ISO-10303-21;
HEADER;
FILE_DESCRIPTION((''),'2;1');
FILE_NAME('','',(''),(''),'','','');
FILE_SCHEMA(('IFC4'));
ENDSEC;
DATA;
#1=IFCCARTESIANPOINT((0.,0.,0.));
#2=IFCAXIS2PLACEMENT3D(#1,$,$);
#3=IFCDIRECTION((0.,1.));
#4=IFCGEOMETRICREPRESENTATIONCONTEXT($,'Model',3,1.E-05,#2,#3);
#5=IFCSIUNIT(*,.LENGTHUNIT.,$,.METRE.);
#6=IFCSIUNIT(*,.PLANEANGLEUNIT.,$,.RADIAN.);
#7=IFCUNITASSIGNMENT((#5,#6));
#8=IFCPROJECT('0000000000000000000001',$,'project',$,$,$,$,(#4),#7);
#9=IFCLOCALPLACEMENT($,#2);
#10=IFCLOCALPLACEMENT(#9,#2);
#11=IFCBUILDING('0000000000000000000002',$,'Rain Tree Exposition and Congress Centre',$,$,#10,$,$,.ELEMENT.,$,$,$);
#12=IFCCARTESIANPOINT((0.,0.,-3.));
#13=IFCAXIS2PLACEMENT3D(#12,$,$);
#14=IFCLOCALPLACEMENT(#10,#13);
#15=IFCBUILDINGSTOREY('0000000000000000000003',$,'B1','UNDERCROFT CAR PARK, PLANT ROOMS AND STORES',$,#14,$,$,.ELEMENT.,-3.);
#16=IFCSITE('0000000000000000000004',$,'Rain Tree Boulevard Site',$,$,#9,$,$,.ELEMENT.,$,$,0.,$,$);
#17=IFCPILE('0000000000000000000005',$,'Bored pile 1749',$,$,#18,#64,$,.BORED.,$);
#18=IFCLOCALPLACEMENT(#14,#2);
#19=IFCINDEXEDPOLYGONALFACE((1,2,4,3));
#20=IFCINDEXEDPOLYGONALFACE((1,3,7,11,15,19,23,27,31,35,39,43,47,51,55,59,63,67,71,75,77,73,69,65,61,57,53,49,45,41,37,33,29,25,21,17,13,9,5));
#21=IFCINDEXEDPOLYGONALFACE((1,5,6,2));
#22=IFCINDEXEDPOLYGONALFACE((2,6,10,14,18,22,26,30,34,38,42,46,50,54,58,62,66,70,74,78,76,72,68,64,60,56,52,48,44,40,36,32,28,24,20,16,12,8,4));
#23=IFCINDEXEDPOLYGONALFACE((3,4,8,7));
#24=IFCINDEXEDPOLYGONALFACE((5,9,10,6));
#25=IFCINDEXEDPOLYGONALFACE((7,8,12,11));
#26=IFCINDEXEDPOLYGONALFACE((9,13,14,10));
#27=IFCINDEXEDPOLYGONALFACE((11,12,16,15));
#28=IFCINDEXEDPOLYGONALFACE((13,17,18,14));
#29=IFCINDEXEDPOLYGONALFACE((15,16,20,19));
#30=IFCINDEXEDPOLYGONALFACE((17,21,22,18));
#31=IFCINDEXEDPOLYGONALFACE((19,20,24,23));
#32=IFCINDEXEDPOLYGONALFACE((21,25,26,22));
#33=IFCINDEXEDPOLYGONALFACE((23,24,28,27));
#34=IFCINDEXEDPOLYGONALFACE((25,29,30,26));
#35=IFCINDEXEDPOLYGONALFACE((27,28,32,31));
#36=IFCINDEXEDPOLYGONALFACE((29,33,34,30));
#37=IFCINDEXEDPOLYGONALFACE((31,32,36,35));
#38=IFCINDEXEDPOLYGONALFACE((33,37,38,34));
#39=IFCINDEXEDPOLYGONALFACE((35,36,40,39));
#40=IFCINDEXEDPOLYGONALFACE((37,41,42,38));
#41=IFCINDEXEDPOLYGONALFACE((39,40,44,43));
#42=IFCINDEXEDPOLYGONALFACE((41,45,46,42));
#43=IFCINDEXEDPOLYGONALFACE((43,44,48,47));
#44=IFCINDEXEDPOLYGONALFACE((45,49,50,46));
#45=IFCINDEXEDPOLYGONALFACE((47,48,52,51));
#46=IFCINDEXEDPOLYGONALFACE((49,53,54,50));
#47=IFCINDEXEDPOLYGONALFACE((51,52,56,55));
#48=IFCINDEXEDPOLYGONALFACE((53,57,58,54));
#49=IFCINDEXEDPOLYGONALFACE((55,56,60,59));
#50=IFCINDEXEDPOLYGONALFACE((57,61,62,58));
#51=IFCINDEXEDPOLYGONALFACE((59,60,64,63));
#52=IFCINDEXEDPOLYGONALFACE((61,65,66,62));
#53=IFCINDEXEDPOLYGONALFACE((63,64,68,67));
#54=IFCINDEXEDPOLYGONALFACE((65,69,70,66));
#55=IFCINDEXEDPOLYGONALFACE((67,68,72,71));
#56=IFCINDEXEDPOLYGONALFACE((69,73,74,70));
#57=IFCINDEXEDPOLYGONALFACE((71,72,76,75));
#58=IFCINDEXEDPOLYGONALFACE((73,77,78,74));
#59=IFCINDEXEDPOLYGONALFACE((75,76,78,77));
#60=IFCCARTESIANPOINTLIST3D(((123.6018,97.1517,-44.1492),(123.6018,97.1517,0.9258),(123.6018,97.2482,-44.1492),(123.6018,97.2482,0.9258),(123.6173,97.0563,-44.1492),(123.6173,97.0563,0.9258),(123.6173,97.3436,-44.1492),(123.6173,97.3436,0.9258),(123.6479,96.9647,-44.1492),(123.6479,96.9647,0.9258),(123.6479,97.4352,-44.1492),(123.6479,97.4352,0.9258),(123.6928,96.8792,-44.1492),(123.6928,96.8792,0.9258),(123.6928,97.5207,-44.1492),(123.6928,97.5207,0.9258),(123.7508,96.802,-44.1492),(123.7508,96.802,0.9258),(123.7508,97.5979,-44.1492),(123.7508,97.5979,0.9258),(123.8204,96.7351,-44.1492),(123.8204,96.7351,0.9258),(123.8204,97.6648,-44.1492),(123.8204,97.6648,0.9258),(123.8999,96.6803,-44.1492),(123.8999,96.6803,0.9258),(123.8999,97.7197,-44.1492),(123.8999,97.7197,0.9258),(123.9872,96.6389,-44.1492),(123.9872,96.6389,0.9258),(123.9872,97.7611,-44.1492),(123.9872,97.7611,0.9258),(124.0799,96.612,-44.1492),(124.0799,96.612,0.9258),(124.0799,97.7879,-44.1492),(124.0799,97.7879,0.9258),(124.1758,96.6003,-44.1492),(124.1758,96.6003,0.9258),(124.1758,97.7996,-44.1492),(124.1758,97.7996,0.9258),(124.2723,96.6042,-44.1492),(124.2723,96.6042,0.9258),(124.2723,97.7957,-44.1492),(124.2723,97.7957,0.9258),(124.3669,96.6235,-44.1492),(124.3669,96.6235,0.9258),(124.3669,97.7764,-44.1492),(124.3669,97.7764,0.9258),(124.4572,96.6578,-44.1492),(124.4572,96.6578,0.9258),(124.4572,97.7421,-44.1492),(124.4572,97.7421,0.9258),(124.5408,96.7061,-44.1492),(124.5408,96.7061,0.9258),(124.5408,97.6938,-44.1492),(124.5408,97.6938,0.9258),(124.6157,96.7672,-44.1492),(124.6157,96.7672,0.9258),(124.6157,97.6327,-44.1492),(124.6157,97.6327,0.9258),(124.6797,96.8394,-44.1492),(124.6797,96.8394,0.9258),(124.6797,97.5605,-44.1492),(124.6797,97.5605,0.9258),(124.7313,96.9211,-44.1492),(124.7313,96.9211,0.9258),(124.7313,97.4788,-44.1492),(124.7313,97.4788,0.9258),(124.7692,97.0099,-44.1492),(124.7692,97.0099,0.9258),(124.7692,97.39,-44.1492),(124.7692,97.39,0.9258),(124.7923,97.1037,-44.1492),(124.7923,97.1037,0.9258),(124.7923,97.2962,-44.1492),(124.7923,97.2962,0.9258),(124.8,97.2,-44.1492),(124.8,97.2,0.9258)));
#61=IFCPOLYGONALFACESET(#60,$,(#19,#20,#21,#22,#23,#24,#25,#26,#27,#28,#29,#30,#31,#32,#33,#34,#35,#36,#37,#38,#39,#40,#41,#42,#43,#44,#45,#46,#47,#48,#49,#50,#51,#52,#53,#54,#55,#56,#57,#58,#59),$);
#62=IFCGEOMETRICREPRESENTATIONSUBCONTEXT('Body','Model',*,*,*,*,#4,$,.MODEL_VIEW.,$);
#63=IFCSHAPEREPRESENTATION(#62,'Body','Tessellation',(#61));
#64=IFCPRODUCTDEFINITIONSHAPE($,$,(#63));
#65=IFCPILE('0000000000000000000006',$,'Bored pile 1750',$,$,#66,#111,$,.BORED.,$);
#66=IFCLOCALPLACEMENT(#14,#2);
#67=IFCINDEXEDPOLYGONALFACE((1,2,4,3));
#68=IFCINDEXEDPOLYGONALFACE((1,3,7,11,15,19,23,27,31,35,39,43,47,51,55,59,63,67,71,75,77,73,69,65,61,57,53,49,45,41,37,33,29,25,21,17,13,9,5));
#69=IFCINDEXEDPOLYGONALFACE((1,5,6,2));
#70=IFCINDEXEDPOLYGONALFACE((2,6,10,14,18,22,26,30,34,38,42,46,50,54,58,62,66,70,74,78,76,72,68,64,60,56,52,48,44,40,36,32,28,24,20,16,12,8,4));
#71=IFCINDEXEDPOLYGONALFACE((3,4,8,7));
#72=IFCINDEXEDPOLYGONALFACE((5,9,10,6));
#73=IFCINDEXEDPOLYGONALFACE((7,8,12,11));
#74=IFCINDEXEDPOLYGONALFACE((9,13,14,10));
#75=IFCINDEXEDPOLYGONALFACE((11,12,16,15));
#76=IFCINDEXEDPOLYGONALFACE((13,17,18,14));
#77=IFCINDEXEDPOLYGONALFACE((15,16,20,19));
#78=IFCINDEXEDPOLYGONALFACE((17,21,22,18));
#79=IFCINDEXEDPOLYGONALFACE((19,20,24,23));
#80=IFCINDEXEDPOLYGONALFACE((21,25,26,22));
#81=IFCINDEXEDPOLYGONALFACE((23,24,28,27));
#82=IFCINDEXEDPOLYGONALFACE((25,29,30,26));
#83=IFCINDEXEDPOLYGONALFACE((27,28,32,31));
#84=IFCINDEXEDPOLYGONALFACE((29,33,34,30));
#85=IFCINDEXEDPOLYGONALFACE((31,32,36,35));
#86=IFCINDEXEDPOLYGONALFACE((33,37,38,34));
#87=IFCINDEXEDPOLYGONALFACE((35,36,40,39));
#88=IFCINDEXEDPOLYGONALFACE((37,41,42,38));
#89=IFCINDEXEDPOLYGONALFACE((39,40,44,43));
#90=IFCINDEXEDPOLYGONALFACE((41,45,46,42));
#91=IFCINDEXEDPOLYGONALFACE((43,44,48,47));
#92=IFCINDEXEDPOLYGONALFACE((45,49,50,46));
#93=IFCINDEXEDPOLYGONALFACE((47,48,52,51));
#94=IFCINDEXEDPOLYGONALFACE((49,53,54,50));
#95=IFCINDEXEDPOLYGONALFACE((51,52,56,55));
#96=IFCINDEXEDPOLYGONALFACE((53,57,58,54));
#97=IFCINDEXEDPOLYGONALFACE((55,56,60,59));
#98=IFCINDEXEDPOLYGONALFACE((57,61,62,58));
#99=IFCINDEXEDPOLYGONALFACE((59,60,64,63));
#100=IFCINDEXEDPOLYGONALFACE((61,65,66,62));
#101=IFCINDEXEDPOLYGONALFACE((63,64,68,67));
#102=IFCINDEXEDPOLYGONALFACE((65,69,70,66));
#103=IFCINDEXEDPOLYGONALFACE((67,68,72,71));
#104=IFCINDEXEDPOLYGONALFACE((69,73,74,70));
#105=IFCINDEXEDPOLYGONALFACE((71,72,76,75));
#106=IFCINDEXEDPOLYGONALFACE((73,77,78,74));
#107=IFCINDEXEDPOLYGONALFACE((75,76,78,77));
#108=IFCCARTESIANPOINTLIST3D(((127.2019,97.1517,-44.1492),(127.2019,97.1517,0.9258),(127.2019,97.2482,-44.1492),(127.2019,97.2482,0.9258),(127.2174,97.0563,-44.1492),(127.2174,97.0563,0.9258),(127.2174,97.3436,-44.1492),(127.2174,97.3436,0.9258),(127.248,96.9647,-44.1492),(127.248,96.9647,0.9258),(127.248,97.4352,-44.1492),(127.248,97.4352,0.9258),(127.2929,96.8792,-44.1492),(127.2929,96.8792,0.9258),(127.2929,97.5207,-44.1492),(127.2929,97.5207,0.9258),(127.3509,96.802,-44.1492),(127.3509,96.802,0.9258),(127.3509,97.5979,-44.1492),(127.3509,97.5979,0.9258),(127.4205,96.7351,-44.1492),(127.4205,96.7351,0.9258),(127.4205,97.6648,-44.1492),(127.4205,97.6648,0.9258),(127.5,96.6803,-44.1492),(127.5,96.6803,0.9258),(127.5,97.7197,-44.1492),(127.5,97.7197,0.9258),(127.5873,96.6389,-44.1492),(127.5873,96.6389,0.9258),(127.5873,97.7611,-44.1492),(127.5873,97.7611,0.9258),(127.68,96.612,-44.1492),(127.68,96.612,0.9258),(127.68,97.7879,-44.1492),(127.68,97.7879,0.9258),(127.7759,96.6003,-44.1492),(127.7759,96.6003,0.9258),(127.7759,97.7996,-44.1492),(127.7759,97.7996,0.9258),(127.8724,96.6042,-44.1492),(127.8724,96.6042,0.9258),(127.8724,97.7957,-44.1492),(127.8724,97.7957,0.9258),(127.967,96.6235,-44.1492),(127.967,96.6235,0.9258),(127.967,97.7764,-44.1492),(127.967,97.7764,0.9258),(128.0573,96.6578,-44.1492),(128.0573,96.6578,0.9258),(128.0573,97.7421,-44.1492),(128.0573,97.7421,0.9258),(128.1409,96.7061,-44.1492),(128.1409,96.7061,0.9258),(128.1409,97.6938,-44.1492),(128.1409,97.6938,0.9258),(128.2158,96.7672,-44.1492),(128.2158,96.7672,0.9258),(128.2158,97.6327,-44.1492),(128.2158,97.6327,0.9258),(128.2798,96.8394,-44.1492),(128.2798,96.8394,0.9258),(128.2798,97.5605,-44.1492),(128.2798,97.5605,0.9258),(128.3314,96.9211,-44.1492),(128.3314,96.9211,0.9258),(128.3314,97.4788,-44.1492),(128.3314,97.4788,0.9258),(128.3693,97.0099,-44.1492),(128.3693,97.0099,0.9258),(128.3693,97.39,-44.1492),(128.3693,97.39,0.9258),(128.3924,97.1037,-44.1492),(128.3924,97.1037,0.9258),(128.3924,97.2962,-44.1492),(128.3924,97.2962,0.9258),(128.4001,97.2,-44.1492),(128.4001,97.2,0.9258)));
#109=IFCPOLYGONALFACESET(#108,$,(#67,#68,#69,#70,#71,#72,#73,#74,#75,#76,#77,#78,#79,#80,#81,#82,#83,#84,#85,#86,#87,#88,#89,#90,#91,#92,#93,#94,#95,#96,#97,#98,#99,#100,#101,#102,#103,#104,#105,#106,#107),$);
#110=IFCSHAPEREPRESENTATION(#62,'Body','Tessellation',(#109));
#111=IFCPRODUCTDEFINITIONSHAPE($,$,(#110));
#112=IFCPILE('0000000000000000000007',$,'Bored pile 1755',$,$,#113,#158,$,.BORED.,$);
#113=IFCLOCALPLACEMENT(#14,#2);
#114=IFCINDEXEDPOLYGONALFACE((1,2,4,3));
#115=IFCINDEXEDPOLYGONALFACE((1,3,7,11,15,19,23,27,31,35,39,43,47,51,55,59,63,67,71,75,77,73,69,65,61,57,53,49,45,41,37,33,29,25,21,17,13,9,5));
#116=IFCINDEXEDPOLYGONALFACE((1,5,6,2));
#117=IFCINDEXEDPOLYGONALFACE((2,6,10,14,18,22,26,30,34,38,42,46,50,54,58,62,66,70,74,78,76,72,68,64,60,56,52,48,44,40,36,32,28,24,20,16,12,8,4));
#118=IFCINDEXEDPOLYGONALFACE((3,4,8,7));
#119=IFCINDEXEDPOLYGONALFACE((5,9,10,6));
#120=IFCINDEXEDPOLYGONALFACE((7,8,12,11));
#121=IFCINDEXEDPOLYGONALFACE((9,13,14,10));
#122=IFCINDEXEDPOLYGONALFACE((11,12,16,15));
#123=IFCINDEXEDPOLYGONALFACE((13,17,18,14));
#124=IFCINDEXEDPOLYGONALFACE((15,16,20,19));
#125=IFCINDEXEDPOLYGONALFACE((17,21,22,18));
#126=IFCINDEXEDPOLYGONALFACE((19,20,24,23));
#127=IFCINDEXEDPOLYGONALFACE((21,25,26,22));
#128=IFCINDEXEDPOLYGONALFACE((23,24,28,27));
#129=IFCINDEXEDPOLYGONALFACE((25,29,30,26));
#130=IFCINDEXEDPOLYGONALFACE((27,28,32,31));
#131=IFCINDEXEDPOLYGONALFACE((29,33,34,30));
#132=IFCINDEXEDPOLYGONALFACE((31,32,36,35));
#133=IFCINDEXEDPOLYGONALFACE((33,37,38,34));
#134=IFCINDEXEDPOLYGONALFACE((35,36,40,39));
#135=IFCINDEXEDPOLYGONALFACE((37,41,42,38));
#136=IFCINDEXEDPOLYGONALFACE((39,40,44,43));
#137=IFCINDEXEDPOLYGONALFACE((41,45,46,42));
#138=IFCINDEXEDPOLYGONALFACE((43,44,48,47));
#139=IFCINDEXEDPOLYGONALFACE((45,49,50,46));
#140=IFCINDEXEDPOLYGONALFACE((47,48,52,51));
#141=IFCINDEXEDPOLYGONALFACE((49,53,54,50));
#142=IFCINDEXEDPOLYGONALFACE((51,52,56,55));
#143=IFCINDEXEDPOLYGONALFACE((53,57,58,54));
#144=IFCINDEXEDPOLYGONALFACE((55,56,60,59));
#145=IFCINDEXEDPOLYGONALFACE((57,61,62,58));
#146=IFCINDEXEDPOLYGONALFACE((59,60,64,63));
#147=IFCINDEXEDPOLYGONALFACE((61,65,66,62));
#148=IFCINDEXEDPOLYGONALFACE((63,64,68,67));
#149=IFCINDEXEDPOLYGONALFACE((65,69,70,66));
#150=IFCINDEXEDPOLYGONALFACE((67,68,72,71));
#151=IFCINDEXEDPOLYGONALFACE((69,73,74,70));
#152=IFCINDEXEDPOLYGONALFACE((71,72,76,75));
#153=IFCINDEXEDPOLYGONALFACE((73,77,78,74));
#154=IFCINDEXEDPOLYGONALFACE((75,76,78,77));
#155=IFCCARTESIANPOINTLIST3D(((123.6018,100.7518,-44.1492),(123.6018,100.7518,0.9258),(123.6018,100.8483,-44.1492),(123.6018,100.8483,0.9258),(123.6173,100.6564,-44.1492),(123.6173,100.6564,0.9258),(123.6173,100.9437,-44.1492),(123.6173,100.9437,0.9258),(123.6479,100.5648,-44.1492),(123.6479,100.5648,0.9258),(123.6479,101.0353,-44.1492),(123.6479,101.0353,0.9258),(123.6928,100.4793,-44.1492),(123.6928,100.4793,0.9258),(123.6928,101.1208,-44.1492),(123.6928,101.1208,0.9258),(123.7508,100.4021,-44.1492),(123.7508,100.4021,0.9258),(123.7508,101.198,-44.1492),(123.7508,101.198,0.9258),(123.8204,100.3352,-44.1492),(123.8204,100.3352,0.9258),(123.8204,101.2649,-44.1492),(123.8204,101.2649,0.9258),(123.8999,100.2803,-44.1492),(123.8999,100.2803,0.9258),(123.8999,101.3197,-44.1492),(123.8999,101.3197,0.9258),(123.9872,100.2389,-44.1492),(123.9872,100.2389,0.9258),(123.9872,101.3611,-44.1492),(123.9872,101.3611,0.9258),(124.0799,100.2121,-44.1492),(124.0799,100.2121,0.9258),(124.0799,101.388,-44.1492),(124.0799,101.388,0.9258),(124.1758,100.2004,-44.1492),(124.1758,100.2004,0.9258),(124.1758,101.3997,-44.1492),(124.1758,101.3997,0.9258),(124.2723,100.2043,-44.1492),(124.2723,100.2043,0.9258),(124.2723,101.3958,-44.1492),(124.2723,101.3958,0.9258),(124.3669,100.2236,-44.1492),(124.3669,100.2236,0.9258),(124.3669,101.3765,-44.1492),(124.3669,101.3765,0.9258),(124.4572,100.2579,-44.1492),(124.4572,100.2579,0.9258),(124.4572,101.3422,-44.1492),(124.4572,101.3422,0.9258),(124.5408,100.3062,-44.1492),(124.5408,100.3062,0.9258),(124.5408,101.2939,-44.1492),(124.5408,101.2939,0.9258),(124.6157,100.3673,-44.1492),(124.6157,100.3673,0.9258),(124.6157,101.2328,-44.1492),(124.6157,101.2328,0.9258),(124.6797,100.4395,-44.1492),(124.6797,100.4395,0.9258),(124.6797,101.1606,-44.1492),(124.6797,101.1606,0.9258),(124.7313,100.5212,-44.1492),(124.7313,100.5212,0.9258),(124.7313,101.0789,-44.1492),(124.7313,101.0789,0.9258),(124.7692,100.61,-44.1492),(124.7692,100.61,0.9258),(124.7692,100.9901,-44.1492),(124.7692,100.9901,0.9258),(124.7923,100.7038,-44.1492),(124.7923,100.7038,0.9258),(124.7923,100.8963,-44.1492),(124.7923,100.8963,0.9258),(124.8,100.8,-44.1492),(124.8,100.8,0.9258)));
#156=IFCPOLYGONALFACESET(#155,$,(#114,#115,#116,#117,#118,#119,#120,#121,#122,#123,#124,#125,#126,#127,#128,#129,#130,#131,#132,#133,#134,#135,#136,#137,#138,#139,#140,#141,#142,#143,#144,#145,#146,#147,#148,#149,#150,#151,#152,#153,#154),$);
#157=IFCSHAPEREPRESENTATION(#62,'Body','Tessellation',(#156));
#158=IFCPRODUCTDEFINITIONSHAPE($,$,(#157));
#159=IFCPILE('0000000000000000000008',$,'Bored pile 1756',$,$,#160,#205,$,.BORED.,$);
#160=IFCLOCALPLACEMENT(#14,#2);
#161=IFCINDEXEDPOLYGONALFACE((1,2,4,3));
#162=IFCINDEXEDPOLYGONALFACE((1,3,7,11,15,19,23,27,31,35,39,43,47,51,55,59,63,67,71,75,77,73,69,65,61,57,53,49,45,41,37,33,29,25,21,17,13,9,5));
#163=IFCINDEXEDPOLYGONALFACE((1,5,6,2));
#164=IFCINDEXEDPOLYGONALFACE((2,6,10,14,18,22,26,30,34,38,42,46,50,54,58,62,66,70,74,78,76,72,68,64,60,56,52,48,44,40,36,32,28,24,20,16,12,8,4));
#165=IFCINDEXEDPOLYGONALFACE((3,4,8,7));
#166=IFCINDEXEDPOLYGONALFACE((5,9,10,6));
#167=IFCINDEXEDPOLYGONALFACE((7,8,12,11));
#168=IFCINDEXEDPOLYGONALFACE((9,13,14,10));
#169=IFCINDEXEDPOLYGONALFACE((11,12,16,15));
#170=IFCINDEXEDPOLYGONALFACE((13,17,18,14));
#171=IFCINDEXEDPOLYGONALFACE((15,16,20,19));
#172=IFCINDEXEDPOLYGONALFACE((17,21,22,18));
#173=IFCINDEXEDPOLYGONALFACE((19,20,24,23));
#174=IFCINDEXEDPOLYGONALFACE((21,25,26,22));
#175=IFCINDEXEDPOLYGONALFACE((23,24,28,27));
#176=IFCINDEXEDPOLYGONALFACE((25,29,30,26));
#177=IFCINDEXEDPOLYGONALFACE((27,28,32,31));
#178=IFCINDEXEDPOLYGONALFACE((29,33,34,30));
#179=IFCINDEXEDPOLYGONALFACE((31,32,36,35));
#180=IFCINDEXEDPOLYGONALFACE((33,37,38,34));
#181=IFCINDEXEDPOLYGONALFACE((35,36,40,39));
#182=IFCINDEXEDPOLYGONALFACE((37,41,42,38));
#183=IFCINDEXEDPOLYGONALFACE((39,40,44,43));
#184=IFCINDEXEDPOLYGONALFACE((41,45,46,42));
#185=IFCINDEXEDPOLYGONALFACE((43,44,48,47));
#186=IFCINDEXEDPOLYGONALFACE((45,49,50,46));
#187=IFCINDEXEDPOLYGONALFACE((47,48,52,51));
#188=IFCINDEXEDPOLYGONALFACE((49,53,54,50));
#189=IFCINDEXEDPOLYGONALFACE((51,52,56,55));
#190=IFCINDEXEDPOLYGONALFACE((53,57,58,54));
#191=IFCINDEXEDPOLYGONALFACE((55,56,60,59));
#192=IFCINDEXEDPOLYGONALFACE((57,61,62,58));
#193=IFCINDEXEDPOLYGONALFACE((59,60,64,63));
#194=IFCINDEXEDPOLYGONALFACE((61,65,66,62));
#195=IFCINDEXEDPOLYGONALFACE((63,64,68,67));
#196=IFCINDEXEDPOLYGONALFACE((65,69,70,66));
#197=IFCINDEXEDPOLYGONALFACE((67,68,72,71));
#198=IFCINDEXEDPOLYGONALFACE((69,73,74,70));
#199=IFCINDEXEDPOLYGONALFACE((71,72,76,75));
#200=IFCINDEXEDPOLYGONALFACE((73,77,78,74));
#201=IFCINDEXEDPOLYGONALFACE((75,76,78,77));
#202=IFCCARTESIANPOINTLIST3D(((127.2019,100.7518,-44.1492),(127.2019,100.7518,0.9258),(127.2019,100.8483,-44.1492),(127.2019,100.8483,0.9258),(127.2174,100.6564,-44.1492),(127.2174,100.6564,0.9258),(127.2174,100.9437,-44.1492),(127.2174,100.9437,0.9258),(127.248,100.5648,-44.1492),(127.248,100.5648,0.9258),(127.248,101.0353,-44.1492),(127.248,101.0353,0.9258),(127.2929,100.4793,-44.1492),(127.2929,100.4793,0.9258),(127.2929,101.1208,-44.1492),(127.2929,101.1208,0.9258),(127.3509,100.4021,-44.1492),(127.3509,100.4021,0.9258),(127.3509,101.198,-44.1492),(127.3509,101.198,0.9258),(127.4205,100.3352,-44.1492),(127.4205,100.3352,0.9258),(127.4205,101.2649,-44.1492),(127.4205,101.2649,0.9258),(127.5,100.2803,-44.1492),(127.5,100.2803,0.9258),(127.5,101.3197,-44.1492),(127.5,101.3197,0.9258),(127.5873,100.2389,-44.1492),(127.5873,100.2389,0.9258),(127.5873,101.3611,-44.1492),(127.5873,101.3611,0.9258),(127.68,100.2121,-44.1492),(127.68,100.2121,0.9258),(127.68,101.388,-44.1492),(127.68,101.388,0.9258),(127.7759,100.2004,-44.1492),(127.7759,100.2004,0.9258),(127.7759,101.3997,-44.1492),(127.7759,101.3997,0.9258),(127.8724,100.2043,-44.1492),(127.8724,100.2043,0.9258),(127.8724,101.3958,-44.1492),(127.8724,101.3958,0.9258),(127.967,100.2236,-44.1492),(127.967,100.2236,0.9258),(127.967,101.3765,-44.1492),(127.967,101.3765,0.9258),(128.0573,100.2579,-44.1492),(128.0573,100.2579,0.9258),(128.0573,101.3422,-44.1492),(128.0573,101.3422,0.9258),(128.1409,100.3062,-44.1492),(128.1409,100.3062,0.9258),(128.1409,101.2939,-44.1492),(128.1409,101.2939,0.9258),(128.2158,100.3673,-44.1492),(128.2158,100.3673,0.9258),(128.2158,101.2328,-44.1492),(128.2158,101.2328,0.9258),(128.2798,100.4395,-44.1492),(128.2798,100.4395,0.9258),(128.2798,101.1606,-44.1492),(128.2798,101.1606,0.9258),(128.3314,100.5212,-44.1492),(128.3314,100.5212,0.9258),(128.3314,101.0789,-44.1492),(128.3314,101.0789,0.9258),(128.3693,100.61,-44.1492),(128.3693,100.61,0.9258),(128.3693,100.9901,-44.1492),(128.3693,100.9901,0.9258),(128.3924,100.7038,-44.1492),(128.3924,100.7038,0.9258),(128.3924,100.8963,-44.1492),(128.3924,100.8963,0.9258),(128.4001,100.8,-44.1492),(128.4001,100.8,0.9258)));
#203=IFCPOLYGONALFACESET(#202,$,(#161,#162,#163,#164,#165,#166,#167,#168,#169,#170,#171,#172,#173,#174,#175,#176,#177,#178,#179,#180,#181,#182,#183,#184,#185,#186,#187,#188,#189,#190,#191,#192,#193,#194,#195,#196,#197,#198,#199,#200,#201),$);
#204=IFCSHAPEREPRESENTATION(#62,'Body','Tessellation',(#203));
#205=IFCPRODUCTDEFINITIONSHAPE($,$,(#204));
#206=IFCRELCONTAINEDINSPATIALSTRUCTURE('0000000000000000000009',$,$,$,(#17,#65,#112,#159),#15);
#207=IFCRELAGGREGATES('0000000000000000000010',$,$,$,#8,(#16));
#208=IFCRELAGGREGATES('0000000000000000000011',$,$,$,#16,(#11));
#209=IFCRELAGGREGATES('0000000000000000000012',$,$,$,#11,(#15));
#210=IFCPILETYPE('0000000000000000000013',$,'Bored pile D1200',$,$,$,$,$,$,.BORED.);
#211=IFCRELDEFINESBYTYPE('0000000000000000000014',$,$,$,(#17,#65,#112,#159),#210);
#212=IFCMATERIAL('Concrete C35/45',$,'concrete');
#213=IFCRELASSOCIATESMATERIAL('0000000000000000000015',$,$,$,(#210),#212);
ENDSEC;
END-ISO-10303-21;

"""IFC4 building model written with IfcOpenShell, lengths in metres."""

from ifc_helpers import new_model, si_unit, direction, frame, origin, origin_2d, place, context, subcontext, project, spatial, circle, extrude, material, material_profile, profile_set, type_object, element, save


model = new_model("IFC4")

# Units and contexts
model_context = context("Model", 3, precision=1e-05, world=origin(), true_north=direction((0.0, 1.0)))
body_context = subcontext(model_context, "Body", "Model", "MODEL_VIEW")
ifc_project = project(units=[si_unit("LENGTHUNIT", "METRE"), si_unit("PLANEANGLEUNIT", "RADIAN")], contexts=[model_context])

# Site, building, storey
site_placement = place(None, origin())
site = spatial("IfcSite", under=ifc_project, at=site_placement, Name="Rain Tree Boulevard Site", CompositionType="ELEMENT", RefElevation=0.0)
building_placement = place(site_placement, origin())
building = spatial("IfcBuilding", under=site, at=building_placement, Name="Rain Tree Exposition and Congress Centre", CompositionType="ELEMENT")
storey_placement = place(building_placement, frame((0.0, 0.0, -3.0)))
storey = spatial("IfcBuildingStorey", under=building, at=storey_placement, Name="B1", Description="UNDERCROFT CAR PARK, PLANT ROOMS AND STORES", CompositionType="ELEMENT", Elevation=-3.0)

# Piles
ifc_material_1 = material(Name="Concrete C35/45", Category="concrete")
ifc_material_profile_1 = material_profile(ifc_material_1, circle(Radius=0.6001, at=origin_2d()), Name="D1200")
ifc_profile_set_1 = profile_set([ifc_material_profile_1], Name="Concrete C35/45")
pile_type_1 = type_object("IfcPileType", Name="Bored pile D1200", PredefinedType="BORED", material=ifc_profile_set_1)
for number, where, z_axis, x_axis, name in (
    (1, (124.2, 97.2, 0.9258), (0.0, 0.0, -1.0), (1.0, 0.0, 0.0), "Bored pile 1749"),
    (2, (127.8, 97.2, 0.9258), (0.0, 0.0, -1.0), (1.0, 0.0, 0.0), "Bored pile 1750"),
    (3, (124.2, 100.8, 0.9258), (0.0, 0.0, -1.0), (1.0, 0.0, 0.0), "Bored pile 1755"),
    (4, (127.8, 100.8, 0.9258), (0.0, 0.0, -1.0), (1.0, 0.0, 0.0), "Bored pile 1756"),
):
    element("IfcPile", number, at=place(storey_placement, frame(where, z_axis=z_axis, x_axis=x_axis)), inside=storey, type_object=pile_type_1, Name=name, PredefinedType="BORED", context=body_context, shape_type="SweptSolid", body=[
        extrude(circle(Radius=0.6001, at=origin_2d()), origin(), (0.0, 0.0, 1.0), 45.075),
    ])

save(model, "model.ifc")
